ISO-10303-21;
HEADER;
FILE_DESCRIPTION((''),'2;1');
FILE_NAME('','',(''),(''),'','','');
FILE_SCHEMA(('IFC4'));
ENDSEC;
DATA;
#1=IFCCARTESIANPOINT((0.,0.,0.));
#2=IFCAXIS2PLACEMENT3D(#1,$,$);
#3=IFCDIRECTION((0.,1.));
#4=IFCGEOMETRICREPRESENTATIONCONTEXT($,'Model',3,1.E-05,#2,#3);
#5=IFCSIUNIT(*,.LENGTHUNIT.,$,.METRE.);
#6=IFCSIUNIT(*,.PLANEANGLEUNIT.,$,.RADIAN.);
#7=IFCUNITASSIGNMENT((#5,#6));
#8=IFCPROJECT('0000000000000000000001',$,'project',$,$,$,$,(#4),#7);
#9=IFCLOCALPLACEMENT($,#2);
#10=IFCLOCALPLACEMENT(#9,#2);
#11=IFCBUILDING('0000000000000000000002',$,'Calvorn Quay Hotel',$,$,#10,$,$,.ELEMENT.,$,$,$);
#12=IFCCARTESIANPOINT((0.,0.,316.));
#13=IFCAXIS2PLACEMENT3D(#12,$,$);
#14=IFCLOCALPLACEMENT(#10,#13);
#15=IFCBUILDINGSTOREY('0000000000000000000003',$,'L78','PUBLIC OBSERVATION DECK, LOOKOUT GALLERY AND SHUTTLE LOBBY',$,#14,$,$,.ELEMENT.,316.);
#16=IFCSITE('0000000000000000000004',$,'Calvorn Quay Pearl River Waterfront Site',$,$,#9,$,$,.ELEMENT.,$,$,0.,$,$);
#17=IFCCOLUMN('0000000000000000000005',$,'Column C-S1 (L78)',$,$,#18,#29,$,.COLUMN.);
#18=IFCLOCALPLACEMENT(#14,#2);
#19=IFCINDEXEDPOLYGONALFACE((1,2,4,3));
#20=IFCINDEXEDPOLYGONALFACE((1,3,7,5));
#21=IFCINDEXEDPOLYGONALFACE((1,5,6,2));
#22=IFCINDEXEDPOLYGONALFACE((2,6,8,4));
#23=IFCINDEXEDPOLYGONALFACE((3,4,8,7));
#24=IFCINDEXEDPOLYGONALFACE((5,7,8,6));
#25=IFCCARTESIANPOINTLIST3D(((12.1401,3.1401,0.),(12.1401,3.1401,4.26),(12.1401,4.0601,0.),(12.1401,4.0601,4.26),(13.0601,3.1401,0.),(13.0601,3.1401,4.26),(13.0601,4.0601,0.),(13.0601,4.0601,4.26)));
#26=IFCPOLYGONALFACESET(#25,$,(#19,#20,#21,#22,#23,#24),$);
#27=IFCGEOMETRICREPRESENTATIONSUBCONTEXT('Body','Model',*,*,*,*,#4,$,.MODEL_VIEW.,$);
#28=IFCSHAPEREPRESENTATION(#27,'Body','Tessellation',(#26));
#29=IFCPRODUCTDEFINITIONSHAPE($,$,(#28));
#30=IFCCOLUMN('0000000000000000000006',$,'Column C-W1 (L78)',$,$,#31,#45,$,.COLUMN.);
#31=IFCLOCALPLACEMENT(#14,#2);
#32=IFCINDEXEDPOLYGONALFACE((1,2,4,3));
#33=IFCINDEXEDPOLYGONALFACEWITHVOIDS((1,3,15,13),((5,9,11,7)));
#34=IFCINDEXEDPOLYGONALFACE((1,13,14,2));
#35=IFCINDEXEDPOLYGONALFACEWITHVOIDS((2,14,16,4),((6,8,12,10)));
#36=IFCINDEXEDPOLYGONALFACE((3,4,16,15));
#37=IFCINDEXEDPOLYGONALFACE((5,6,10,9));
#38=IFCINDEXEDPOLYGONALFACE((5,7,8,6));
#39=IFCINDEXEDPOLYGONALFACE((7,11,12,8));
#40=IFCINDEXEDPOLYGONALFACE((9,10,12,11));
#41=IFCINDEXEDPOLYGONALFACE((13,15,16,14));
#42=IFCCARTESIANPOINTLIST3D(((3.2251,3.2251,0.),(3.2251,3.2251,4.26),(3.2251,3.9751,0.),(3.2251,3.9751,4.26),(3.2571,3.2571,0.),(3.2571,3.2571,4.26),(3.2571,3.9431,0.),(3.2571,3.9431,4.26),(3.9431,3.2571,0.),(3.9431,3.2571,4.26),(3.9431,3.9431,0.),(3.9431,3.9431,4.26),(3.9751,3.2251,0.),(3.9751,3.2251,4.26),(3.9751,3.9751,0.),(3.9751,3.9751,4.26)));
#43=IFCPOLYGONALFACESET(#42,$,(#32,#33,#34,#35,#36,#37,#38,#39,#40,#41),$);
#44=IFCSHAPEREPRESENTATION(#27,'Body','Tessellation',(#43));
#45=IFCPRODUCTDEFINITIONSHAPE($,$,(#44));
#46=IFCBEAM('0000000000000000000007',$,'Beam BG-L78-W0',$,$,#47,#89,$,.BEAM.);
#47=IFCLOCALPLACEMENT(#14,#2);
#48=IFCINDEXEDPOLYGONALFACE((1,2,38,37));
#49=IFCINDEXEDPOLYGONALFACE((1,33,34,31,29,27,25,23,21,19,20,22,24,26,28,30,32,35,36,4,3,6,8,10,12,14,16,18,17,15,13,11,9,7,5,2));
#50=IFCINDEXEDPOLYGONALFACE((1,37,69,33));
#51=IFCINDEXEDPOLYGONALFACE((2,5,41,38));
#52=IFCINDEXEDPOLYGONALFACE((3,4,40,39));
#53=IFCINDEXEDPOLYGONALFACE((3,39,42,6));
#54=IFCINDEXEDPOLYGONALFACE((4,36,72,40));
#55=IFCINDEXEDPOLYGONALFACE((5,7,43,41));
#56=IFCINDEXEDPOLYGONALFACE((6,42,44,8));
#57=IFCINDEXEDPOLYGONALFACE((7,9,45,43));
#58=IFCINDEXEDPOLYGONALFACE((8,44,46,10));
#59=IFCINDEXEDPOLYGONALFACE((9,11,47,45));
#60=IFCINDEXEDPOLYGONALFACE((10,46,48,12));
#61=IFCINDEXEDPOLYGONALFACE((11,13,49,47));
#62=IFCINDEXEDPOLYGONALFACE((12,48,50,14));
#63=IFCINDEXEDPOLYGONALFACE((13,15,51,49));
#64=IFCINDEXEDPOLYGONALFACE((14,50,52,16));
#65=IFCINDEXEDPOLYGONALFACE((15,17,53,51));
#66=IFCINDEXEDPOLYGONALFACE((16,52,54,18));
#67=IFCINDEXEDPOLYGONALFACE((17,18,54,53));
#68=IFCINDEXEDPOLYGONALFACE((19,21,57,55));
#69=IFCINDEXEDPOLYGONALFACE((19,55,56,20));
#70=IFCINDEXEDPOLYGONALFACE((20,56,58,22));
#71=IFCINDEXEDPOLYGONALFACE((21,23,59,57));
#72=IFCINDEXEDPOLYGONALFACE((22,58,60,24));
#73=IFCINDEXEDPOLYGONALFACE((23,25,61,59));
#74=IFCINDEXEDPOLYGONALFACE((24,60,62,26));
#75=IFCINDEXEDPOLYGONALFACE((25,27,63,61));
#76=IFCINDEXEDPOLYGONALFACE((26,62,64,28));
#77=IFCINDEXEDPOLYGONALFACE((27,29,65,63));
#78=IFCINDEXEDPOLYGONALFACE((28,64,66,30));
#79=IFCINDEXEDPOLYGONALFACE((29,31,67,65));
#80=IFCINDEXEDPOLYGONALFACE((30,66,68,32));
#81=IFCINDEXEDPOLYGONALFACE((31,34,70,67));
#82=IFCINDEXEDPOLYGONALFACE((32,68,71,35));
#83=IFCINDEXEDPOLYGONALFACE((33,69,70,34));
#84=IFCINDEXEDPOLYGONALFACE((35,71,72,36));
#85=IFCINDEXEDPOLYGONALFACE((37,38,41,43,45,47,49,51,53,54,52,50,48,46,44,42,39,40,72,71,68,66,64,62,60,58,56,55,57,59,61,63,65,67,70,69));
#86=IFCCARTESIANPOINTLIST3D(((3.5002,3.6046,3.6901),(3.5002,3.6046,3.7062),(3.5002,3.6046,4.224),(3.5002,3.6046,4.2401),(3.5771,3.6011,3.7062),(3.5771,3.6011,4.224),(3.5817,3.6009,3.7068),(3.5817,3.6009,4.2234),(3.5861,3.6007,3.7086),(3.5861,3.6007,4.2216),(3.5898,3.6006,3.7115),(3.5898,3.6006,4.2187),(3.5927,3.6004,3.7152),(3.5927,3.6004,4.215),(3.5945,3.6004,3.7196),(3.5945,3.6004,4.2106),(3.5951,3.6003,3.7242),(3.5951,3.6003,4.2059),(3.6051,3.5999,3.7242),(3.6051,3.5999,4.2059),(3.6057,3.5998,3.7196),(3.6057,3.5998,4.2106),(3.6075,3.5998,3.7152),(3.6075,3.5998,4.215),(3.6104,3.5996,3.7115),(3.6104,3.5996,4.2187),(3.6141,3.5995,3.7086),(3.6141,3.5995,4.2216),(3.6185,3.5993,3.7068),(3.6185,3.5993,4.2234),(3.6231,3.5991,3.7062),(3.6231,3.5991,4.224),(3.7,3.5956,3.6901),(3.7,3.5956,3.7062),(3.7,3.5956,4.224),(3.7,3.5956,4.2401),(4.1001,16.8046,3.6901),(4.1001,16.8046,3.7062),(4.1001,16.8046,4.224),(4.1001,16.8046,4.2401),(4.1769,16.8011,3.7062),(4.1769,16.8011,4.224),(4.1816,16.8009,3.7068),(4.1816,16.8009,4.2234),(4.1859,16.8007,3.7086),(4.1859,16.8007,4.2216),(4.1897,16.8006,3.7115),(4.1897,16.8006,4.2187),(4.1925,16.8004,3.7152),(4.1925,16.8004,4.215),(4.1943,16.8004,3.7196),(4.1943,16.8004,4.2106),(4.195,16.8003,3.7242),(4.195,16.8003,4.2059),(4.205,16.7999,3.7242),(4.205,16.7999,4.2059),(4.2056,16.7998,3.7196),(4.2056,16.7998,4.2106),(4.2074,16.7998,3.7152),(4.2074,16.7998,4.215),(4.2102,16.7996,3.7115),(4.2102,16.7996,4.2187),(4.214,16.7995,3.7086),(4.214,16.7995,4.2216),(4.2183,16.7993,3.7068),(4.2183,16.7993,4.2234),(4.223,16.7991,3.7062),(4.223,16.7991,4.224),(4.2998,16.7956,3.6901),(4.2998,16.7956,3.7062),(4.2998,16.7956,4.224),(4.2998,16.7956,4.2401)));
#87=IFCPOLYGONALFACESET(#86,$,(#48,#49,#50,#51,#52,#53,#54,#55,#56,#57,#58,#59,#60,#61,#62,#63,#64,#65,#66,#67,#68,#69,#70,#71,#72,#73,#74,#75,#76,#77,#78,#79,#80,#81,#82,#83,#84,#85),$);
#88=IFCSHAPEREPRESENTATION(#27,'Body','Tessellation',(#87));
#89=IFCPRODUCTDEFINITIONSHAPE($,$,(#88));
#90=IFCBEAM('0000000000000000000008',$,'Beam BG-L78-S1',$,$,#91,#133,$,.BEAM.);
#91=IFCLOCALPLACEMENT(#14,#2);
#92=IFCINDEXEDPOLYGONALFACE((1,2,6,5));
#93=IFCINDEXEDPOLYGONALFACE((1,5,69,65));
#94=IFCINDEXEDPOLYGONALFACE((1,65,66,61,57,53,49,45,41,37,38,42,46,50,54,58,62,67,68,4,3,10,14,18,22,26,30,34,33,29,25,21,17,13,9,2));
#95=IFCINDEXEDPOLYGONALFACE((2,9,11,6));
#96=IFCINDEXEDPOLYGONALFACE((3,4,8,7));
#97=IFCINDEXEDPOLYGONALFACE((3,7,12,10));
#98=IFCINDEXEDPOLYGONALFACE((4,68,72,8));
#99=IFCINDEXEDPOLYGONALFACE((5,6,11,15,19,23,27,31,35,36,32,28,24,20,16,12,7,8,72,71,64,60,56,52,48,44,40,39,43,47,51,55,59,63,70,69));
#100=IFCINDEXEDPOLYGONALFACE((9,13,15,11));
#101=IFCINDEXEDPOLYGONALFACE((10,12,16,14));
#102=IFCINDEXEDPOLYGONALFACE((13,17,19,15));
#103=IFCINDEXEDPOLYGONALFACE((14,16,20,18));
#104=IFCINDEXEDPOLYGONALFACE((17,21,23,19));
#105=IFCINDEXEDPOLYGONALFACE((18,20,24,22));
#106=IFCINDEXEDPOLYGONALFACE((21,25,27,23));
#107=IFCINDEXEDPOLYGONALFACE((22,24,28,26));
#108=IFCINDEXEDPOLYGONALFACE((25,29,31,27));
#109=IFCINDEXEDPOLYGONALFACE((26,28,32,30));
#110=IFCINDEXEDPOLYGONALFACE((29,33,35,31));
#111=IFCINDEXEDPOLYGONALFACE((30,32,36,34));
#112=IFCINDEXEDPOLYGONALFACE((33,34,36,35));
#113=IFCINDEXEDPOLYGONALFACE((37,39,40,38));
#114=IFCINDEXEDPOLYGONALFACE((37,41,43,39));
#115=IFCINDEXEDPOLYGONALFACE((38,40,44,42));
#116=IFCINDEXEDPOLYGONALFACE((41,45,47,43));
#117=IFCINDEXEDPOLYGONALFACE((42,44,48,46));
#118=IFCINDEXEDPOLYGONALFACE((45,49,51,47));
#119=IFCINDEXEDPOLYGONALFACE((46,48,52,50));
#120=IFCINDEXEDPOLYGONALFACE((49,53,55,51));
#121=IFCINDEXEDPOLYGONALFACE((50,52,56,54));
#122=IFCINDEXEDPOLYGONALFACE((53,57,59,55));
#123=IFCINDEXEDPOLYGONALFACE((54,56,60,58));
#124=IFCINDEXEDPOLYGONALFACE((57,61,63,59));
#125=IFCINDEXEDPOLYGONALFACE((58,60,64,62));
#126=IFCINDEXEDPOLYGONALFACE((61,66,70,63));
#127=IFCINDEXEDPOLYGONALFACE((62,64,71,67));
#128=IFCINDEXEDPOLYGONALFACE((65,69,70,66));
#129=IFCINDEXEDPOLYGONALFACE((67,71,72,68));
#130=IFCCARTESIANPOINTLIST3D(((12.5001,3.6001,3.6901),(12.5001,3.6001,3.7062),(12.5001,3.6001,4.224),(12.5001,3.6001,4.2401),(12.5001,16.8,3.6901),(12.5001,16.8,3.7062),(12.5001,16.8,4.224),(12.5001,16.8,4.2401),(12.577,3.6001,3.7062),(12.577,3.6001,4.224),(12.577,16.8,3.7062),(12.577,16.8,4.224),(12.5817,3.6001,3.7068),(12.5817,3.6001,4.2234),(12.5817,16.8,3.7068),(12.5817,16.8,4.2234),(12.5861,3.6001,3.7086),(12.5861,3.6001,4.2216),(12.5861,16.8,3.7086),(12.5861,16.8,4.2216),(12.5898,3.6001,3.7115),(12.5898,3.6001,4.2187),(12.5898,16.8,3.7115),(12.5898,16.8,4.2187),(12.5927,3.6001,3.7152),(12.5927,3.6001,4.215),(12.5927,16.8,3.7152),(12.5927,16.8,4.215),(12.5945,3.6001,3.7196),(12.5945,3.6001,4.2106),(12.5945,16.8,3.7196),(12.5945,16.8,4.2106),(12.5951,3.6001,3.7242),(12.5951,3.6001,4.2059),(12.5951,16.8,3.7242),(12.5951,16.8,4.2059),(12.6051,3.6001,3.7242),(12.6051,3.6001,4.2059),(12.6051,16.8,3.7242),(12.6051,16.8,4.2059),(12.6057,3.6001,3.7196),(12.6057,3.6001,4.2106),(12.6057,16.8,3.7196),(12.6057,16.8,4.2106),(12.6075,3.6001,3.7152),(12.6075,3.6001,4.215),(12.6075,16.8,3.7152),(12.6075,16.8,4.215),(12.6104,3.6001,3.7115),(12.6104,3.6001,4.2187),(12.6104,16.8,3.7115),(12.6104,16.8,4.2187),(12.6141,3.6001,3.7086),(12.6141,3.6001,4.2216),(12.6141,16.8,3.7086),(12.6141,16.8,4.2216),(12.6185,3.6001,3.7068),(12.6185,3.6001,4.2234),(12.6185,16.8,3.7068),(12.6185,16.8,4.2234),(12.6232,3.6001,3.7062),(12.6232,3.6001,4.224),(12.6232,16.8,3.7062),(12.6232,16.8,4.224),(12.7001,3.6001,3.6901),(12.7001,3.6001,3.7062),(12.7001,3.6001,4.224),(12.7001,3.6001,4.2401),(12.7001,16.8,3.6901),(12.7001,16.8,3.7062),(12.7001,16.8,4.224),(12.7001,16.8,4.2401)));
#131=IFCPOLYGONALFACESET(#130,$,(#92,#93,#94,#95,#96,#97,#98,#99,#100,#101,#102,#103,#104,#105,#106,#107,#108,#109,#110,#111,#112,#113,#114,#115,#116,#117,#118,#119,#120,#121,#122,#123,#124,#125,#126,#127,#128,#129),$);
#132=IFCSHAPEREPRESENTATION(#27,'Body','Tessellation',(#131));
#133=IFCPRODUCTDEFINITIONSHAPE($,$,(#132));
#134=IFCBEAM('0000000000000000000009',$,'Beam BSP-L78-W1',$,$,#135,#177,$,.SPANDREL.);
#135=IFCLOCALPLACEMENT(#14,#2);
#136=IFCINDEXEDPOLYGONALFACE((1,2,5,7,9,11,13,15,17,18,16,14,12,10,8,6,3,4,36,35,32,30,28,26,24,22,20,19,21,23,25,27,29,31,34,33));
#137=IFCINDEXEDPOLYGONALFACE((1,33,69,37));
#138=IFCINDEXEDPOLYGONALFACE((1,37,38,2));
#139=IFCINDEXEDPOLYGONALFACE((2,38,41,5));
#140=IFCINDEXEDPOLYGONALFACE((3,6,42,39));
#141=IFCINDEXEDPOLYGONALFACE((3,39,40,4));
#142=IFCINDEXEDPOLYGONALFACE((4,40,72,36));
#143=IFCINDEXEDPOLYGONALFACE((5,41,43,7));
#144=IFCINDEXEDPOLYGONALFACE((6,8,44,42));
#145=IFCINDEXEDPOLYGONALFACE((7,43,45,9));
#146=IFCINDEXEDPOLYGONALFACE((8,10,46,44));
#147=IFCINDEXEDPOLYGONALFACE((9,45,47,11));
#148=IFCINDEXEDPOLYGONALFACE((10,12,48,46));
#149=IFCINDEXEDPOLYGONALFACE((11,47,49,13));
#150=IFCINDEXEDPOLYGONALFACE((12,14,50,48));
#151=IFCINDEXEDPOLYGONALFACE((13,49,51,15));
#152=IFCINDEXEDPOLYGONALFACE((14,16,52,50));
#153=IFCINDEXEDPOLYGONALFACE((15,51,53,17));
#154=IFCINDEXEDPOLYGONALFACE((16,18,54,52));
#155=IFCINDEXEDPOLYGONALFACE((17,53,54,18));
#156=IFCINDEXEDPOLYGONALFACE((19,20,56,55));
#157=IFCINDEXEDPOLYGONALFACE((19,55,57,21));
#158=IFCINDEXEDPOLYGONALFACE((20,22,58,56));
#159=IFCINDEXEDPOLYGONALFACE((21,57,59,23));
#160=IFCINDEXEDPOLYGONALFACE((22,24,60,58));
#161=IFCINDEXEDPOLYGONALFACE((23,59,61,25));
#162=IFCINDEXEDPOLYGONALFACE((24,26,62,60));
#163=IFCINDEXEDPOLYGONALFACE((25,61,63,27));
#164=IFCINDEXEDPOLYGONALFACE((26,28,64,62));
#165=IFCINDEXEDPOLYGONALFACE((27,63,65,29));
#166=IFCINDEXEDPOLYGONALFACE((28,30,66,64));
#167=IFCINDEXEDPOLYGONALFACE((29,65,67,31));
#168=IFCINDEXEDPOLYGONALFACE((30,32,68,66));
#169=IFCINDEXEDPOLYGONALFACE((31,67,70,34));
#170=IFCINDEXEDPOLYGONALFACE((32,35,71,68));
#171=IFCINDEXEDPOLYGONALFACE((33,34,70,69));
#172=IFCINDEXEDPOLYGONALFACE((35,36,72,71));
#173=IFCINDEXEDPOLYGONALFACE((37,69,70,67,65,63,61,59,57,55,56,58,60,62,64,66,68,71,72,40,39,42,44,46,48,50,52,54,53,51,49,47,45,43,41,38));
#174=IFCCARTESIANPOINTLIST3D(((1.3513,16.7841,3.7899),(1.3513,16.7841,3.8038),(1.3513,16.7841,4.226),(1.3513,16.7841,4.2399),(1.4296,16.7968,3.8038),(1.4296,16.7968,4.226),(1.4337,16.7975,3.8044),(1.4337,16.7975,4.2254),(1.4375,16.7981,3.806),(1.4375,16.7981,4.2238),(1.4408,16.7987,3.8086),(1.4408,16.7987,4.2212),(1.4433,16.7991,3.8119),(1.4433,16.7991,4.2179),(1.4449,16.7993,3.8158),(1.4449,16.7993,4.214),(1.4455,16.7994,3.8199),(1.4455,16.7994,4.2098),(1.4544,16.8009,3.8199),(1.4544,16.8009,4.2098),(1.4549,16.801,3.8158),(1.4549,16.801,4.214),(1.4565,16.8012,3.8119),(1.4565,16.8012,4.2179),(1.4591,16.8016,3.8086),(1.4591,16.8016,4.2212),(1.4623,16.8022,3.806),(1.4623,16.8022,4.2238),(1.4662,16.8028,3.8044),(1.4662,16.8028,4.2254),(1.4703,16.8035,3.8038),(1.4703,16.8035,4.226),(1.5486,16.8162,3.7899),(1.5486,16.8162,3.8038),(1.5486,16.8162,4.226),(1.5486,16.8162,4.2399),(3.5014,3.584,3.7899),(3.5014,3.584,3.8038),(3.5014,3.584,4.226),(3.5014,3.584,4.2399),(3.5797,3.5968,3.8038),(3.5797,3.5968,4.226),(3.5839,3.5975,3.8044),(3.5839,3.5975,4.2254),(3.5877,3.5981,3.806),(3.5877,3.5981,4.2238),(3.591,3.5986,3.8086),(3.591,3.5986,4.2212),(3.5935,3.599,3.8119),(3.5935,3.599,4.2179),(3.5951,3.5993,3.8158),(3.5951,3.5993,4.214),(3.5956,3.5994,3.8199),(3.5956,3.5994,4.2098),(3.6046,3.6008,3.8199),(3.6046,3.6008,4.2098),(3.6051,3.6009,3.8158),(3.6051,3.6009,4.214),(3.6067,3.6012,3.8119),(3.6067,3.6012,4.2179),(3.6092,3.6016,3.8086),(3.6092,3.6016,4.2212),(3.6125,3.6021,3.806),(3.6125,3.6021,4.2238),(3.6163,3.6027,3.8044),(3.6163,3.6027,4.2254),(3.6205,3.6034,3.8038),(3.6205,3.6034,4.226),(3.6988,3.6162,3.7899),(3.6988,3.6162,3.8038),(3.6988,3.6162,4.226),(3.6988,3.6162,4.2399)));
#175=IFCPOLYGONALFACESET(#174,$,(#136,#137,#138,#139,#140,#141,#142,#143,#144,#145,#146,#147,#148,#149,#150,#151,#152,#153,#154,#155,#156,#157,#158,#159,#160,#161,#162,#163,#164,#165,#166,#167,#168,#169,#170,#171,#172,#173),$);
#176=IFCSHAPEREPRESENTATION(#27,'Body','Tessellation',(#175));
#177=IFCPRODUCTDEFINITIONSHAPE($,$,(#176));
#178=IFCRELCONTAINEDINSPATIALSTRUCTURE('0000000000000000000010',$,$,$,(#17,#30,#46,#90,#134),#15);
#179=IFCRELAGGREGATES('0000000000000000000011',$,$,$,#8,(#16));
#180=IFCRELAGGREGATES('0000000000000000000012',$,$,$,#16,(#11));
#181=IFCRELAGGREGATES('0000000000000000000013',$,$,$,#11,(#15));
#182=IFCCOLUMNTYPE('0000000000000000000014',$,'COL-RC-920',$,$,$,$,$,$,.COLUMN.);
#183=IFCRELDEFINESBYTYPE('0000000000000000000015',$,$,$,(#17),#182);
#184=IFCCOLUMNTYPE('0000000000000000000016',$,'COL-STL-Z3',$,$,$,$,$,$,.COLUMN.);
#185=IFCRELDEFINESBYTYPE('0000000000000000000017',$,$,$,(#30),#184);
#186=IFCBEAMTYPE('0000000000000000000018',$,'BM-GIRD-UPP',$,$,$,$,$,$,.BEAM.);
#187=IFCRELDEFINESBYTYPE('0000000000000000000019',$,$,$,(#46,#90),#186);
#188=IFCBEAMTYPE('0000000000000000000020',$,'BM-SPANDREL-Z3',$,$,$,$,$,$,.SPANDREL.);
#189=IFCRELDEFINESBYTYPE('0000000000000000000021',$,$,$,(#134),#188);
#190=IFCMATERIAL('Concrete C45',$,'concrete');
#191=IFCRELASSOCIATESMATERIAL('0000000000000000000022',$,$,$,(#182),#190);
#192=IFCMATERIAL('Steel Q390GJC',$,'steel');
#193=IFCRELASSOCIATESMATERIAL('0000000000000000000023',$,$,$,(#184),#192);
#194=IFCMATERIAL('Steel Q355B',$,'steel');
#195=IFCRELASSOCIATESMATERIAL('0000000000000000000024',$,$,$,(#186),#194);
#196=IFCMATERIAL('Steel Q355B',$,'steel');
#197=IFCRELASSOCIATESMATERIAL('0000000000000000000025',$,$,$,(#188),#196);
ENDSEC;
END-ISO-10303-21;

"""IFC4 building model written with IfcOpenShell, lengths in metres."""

from ifc_helpers import new_model, si_unit, direction, frame, origin, origin_2d, place, context, subcontext, project, spatial, rectangle, hollow_rectangle, i_section, extrude, material, material_profile, profile_set, type_object, element, save


model = new_model("IFC4")

# Units and contexts
model_context = context("Model", 3, precision=1e-05, world=origin(), true_north=direction((0.0, 1.0)))
body_context = subcontext(model_context, "Body", "Model", "MODEL_VIEW")
ifc_project = project(units=[si_unit("LENGTHUNIT", "METRE"), si_unit("PLANEANGLEUNIT", "RADIAN")], contexts=[model_context])

# Site, building, storey
site_placement = place(None, origin())
site = spatial("IfcSite", under=ifc_project, at=site_placement, Name="Calvorn Quay Pearl River Waterfront Site", CompositionType="ELEMENT", RefElevation=0.0)
building_placement = place(site_placement, origin())
building = spatial("IfcBuilding", under=site, at=building_placement, Name="Calvorn Quay Hotel", CompositionType="ELEMENT")
storey_placement = place(building_placement, frame((0.0, 0.0, 316.0)))
storey = spatial("IfcBuildingStorey", under=building, at=storey_placement, Name="L78", Description="PUBLIC OBSERVATION DECK, LOOKOUT GALLERY AND SHUTTLE LOBBY", CompositionType="ELEMENT", Elevation=316.0)

# Columns
ifc_material_1 = material(Name="Concrete C45", Category="concrete")
ifc_material_profile_1 = material_profile(ifc_material_1, rectangle(XDim=0.9199, YDim=0.9199, at=origin_2d()), Name="RC920x920")
ifc_profile_set_1 = profile_set([ifc_material_profile_1], Name="Concrete C45")
column_type_1 = type_object("IfcColumnType", Name="COL-RC-920", PredefinedType="COLUMN", material=ifc_profile_set_1)
column_1_placement = place(storey_placement, frame((12.6001, 3.6001, 0.0), z_axis=(0.0, 0.0, 1.0), x_axis=(1.0, 0.0, 0.0)))
element("IfcColumn", 1, at=column_1_placement, inside=storey, type_object=column_type_1, Name="Column C-S1 (L78)", PredefinedType="COLUMN", context=body_context, shape_type="SweptSolid", body=[
    extrude(rectangle(XDim=0.9199, YDim=0.9199, at=origin_2d()), origin(), (0.0, 0.0, 1.0), 4.26),
])
ifc_material_2 = material(Name="Steel Q390GJC", Category="steel")
ifc_material_profile_2 = material_profile(ifc_material_2, hollow_rectangle(XDim=0.75, YDim=0.75, WallThickness=0.032, at=origin_2d()), Name="BOX750x750x32")
ifc_profile_set_2 = profile_set([ifc_material_profile_2], Name="Steel Q390GJC")
column_type_2 = type_object("IfcColumnType", Name="COL-STL-Z3", PredefinedType="COLUMN", material=ifc_profile_set_2)
column_2_placement = place(storey_placement, frame((3.6001, 3.6001, 0.0), z_axis=(0.0, 0.0, 1.0), x_axis=(1.0, 0.0, 0.0)))
element("IfcColumn", 2, at=column_2_placement, inside=storey, type_object=column_type_2, Name="Column C-W1 (L78)", PredefinedType="COLUMN", context=body_context, shape_type="SweptSolid", body=[
    extrude(hollow_rectangle(XDim=0.75, YDim=0.75, WallThickness=0.032, at=origin_2d()), origin(), (0.0, 0.0, 1.0), 4.26),
])

# Beams
ifc_material_3 = material(Name="Steel Q355B", Category="steel")
ifc_material_profile_3 = material_profile(ifc_material_3, i_section(OverallWidth=0.2, OverallDepth=0.55, WebThickness=0.01, FlangeThickness=0.0161, FilletRadius=0.0181, at=origin_2d()), Name="HN550x200x10x16")
ifc_profile_set_3 = profile_set([ifc_material_profile_3], Name="Steel Q355B")
beam_type_1 = type_object("IfcBeamType", Name="BM-GIRD-UPP", PredefinedType="BEAM", material=ifc_profile_set_3)
beam_1_placement = place(storey_placement, frame((3.6001, 3.6001, 3.9651), z_axis=(0.045397, 0.998969, 0.0), x_axis=(-0.998969, 0.045397, 0.0)))
element("IfcBeam", 3, at=beam_1_placement, inside=storey, type_object=beam_type_1, Name="Beam BG-L78-W0", PredefinedType="BEAM", context=body_context, shape_type="SweptSolid", body=[
    extrude(i_section(OverallWidth=0.2, OverallDepth=0.55, WebThickness=0.01, FlangeThickness=0.0161, FilletRadius=0.0181, at=origin_2d()), origin(), (0.0, 0.0, 1.0), 13.2136),
])
beam_2_placement = place(storey_placement, frame((12.6001, 3.6001, 3.9651), z_axis=(0.0, 1.0, 0.0), x_axis=(-1.0, 0.0, 0.0)))
element("IfcBeam", 4, at=beam_2_placement, inside=storey, type_object=beam_type_1, Name="Beam BG-L78-S1", PredefinedType="BEAM", context=body_context, shape_type="SweptSolid", body=[
    extrude(i_section(OverallWidth=0.2, OverallDepth=0.55, WebThickness=0.01, FlangeThickness=0.0161, FilletRadius=0.0181, at=origin_2d()), origin(), (0.0, 0.0, 1.0), 13.2),
])
ifc_material_4 = material(Name="Steel Q355B", Category="steel")
ifc_material_profile_4 = material_profile(ifc_material_4, i_section(OverallWidth=0.2, OverallDepth=0.45, WebThickness=0.009, FlangeThickness=0.0139, FilletRadius=0.0161, at=origin_2d()), Name="HN450x200x9x14")
ifc_profile_set_4 = profile_set([ifc_material_profile_4], Name="Steel Q355B")
beam_type_2 = type_object("IfcBeamType", Name="BM-SPANDREL-Z3", PredefinedType="SPANDREL", material=ifc_profile_set_4)
beam_3_placement = place(storey_placement, frame((3.6001, 3.6001, 4.0149), z_axis=(-0.160772, 0.986992, 0.0), x_axis=(-0.986992, -0.160772, 0.0)))
element("IfcBeam", 5, at=beam_3_placement, inside=storey, type_object=beam_type_2, Name="Beam BSP-L78-W1", PredefinedType="SPANDREL", context=body_context, shape_type="SweptSolid", body=[
    extrude(i_section(OverallWidth=0.2, OverallDepth=0.45, WebThickness=0.009, FlangeThickness=0.0139, FilletRadius=0.0161, at=origin_2d()), origin(), (0.0, 0.0, 1.0), 13.374),
])

save(model, "model.ifc")
